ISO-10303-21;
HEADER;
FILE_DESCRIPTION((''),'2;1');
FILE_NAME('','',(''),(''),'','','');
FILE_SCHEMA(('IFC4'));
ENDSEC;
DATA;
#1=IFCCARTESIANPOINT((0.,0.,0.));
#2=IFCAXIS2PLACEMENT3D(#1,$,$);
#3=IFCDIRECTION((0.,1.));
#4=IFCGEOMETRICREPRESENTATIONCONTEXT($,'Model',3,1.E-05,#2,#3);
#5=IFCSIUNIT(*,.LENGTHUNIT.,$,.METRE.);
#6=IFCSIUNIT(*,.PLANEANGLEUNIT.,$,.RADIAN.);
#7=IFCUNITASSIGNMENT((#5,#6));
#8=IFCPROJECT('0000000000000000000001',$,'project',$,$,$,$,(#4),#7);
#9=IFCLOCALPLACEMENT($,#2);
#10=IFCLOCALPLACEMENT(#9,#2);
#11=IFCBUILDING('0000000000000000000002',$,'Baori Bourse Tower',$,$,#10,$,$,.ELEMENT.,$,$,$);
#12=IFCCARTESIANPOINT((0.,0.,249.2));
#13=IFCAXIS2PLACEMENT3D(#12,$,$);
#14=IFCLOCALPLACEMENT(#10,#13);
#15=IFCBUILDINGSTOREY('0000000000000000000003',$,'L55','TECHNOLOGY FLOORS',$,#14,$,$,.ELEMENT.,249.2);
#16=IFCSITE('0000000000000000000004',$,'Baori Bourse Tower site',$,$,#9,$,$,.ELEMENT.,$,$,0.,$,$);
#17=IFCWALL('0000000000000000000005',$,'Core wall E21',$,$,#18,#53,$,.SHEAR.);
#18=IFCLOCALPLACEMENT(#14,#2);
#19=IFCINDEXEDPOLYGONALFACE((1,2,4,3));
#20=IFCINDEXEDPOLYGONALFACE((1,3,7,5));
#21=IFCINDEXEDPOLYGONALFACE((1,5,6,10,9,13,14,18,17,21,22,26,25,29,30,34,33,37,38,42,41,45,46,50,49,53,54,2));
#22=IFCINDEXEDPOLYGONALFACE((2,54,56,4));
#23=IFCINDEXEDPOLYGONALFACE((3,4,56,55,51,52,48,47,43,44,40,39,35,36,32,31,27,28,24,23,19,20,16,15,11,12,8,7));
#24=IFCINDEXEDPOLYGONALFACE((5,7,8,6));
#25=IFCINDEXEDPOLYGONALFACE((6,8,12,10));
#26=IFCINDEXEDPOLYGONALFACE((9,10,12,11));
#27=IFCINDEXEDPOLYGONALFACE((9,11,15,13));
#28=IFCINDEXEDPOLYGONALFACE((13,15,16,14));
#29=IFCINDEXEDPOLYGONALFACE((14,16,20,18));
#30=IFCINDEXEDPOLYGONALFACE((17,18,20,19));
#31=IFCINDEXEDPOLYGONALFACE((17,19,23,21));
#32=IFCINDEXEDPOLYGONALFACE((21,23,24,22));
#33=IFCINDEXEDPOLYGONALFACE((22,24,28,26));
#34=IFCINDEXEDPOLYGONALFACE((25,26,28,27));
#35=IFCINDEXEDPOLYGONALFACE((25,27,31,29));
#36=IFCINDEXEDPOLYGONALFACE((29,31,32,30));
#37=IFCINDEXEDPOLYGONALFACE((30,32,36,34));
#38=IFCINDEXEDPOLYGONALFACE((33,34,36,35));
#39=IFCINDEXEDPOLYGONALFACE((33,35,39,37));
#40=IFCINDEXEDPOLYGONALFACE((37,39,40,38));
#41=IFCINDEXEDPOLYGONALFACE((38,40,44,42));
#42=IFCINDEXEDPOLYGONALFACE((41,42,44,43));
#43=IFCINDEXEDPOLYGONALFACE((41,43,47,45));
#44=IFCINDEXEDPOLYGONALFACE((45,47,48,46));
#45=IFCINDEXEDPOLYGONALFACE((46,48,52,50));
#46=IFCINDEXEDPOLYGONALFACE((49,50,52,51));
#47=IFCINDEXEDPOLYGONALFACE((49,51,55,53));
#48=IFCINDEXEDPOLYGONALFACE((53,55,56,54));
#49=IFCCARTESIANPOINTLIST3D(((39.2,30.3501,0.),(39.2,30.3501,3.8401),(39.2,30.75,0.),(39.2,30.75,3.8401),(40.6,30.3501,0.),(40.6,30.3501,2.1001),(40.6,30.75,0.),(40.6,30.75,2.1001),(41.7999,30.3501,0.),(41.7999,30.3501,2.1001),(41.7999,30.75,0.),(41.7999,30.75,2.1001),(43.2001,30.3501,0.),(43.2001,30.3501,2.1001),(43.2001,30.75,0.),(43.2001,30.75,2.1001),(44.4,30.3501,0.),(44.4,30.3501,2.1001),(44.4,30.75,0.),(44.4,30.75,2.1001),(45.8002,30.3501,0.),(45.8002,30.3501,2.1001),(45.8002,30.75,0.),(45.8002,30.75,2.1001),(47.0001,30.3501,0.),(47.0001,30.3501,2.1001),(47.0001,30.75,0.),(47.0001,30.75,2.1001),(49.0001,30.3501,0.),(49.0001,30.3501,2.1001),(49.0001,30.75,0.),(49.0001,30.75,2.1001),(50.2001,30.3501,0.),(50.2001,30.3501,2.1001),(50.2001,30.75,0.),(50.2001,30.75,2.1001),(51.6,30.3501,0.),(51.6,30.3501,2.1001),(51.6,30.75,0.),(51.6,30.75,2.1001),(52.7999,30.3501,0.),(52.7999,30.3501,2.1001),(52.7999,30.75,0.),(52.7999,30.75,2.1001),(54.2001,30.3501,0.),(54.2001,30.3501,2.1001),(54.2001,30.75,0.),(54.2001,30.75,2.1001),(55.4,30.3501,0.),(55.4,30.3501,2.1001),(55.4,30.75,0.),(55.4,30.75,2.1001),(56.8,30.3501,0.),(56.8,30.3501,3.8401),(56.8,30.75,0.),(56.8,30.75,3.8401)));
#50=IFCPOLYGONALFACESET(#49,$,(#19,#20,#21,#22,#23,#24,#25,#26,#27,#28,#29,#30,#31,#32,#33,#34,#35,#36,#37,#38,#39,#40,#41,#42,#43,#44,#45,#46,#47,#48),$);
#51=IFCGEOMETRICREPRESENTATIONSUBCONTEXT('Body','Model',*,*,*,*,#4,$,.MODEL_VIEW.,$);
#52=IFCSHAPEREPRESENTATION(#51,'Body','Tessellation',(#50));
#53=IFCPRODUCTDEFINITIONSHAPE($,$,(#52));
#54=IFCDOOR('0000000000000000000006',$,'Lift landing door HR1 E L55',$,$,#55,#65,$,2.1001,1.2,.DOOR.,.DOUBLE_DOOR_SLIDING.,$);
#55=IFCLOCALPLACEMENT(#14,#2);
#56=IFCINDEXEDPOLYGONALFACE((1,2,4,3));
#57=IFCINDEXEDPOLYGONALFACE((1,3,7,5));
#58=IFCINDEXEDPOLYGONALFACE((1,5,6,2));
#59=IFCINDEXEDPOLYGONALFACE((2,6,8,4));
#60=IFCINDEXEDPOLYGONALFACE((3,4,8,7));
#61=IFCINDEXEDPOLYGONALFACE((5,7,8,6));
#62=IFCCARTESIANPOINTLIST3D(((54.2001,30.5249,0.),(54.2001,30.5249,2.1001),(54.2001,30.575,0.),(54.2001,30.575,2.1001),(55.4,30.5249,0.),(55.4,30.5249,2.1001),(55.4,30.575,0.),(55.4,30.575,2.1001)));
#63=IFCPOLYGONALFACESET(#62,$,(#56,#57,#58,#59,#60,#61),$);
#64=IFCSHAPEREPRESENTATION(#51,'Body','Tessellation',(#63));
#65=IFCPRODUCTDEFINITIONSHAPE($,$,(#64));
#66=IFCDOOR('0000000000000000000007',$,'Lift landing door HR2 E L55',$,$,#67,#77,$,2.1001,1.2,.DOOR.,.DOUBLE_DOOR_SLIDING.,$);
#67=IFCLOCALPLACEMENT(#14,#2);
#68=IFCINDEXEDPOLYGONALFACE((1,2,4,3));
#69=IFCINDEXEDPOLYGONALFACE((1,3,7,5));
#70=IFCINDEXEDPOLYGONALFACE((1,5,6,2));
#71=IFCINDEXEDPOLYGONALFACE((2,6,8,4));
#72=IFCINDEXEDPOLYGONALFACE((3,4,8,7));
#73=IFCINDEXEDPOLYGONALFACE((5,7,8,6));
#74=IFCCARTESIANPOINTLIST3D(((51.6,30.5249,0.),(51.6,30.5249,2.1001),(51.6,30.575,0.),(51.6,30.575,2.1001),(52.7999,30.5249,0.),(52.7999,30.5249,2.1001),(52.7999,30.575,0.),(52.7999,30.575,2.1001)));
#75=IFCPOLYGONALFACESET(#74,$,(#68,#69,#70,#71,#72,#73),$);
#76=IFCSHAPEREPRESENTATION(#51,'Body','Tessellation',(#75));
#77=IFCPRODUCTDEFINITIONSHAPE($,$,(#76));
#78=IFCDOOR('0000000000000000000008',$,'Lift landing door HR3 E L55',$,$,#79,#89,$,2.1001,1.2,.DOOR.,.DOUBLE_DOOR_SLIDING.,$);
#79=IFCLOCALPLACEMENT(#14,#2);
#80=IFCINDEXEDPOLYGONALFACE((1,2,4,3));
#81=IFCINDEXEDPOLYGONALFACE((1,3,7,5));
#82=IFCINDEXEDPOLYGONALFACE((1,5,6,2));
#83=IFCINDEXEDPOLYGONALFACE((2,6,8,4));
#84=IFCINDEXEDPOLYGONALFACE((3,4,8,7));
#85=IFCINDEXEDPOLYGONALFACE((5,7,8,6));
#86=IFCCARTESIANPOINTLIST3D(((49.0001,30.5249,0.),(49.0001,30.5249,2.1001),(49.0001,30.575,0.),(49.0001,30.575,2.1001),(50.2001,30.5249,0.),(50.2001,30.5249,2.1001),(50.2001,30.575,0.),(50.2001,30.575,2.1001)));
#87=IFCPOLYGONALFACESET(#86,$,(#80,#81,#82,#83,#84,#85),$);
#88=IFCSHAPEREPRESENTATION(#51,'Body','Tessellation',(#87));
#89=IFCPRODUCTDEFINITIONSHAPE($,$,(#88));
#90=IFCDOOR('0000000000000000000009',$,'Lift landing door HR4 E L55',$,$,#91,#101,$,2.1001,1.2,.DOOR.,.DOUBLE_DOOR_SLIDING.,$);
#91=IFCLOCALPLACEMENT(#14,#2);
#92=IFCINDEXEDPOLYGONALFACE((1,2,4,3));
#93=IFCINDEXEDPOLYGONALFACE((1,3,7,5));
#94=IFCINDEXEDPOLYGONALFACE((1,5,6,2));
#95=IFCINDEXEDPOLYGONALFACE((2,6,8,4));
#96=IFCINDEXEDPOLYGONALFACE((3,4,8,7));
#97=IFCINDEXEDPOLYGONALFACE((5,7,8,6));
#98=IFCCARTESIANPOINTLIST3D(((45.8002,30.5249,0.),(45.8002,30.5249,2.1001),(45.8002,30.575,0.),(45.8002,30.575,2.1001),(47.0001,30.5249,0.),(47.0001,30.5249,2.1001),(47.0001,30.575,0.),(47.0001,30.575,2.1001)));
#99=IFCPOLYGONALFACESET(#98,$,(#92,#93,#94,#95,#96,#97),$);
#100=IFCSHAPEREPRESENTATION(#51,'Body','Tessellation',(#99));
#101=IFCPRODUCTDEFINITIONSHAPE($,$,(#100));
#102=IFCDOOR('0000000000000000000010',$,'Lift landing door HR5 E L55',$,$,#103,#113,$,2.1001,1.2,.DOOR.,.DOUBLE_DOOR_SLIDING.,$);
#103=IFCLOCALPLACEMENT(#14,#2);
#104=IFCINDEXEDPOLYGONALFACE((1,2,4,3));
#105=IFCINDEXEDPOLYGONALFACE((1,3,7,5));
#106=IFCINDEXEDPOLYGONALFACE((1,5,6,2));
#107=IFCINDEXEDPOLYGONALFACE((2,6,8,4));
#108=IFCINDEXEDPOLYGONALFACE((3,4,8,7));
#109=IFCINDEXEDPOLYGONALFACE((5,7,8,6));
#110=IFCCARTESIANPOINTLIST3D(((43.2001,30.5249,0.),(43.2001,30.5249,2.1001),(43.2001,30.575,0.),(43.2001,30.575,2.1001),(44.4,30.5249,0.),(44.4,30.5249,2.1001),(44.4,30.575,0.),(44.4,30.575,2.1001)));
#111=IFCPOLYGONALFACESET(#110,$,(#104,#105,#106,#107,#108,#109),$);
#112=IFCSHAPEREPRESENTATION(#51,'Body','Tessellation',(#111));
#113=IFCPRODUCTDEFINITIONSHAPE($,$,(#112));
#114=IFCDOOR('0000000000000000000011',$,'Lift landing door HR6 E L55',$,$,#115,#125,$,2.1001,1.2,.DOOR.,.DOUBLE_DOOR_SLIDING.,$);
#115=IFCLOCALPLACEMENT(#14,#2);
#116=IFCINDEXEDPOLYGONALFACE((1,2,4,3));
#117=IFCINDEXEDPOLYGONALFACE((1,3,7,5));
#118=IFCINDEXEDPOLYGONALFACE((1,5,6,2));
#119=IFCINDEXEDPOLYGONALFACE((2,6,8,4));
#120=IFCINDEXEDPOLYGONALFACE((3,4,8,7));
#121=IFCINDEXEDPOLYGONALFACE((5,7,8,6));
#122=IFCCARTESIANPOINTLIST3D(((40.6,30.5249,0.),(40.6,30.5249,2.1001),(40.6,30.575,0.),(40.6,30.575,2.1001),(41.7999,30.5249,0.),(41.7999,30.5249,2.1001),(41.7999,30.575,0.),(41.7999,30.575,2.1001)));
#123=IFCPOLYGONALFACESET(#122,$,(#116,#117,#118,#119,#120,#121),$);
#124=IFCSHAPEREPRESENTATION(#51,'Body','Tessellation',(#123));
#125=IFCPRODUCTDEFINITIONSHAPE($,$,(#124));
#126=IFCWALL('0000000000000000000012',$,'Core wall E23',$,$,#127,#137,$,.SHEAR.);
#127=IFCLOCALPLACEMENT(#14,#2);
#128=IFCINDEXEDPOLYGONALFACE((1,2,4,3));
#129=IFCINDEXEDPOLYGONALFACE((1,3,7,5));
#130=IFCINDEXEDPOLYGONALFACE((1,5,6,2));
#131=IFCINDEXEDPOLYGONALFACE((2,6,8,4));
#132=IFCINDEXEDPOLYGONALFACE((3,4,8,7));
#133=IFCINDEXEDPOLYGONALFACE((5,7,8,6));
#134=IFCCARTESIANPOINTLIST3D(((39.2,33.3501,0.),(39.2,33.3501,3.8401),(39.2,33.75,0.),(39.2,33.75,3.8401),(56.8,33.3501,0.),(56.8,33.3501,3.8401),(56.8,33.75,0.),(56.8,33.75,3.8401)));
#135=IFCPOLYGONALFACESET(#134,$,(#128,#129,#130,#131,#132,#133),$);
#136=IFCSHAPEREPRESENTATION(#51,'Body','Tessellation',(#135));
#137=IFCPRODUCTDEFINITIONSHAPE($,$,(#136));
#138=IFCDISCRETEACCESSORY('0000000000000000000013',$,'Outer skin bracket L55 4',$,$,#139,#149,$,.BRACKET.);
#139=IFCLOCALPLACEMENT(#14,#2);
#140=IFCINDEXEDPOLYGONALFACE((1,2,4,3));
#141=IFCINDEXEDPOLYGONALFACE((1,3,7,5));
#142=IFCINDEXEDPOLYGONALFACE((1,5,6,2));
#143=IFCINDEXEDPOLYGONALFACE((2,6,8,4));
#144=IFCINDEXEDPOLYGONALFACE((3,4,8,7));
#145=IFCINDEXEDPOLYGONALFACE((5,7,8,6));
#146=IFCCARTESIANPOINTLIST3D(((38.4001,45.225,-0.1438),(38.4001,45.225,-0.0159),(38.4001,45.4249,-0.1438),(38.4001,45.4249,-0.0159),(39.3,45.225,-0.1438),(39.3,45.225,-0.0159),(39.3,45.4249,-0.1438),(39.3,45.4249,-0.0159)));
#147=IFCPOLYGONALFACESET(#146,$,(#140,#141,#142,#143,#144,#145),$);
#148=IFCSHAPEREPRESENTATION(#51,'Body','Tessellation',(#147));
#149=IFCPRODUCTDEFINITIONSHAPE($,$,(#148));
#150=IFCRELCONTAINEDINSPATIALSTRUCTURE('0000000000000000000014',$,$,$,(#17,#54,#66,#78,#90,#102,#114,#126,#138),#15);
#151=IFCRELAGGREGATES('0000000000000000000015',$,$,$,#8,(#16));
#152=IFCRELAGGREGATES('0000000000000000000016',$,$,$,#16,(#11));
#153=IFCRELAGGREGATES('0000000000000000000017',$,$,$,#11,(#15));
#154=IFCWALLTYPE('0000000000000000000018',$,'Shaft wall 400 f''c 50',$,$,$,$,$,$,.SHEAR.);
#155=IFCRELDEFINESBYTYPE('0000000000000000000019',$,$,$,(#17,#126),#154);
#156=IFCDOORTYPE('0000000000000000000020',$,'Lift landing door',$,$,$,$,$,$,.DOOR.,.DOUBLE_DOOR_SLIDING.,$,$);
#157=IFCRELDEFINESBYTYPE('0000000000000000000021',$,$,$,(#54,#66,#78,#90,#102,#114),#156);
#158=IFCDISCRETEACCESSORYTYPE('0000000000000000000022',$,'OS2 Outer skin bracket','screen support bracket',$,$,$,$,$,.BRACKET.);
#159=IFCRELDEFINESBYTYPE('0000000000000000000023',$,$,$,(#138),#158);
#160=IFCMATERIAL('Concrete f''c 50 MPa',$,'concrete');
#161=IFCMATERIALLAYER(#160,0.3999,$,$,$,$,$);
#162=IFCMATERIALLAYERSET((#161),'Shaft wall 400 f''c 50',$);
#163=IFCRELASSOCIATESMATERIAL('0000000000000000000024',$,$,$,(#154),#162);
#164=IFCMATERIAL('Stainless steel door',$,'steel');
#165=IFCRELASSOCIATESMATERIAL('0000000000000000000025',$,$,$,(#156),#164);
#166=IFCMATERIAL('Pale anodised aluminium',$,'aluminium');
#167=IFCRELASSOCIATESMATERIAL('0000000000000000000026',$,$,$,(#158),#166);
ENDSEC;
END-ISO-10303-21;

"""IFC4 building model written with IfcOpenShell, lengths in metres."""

from ifc_helpers import new_model, si_unit, direction, frame, frame_2d, origin, origin_2d, place, context, subcontext, project, spatial, rectangle, extrude, material, layer, layer_set, type_object, element, fill, save


model = new_model("IFC4")

# Units and contexts
model_context = context("Model", 3, precision=1e-05, world=origin(), true_north=direction((0.0, 1.0)))
body_context = subcontext(model_context, "Body", "Model", "MODEL_VIEW")
ifc_project = project(units=[si_unit("LENGTHUNIT", "METRE"), si_unit("PLANEANGLEUNIT", "RADIAN")], contexts=[model_context])

# Site, building, storey
site_placement = place(None, origin())
site = spatial("IfcSite", under=ifc_project, at=site_placement, Name="Baori Bourse Tower site", CompositionType="ELEMENT", RefElevation=0.0)
building_placement = place(site_placement, origin())
building = spatial("IfcBuilding", under=site, at=building_placement, Name="Baori Bourse Tower", CompositionType="ELEMENT")
storey_placement = place(building_placement, frame((0.0, 0.0, 249.2)))
storey = spatial("IfcBuildingStorey", under=building, at=storey_placement, Name="L55", Description="TECHNOLOGY FLOORS", CompositionType="ELEMENT", Elevation=249.2)

# Wall, openings, doors
ifc_material_1 = material(Name="Concrete f'c 50 MPa", Category="concrete")
ifc_layer_1 = layer(ifc_material_1, 0.3999)
ifc_layer_set_1 = layer_set([ifc_layer_1], Name="Shaft wall 400 f'c 50")
wall_type_1 = type_object("IfcWallType", Name="Shaft wall 400 f'c 50", PredefinedType="SHEAR", material=ifc_layer_set_1)
wall_1_placement = place(storey_placement, frame((39.2, 30.55, 0.0), z_axis=(0.0, 0.0, 1.0), x_axis=(1.0, 0.0, 0.0)))
wall_1 = element("IfcWall", 1, at=wall_1_placement, inside=storey, type_object=wall_type_1, Name="Core wall E21", PredefinedType="SHEAR", context=body_context, shape_type="SweptSolid", body=[
    extrude(rectangle(XDim=17.6001, YDim=0.3999, at=frame_2d((8.8, 0.0))), origin(), (0.0, 0.0, 1.0), 3.8401),
])
opening_1_placement = place(wall_1_placement, frame((15.0, 0.0, 0.0)))
opening_1 = element("IfcOpeningElement", 2, at=opening_1_placement, cuts=wall_1, PredefinedType="OPENING", context=body_context, shape_type="SweptSolid", body=[
    extrude(rectangle(XDim=1.2, YDim=2.1001, at=frame_2d((0.6001, 1.05))), frame((0.0, 0.21, 0.0), z_axis=(0.0, -1.0, 0.0), x_axis=(1.0, 0.0, 0.0)), (0.0, 0.0, 1.0), 0.4199),
])
opening_2_placement = place(wall_1_placement, frame((12.3999, 0.0, 0.0)))
opening_2 = element("IfcOpeningElement", 3, at=opening_2_placement, cuts=wall_1, PredefinedType="OPENING", context=body_context, shape_type="SweptSolid", body=[
    extrude(rectangle(XDim=1.2, YDim=2.1001, at=frame_2d((0.6001, 1.05))), frame((0.0, 0.21, 0.0), z_axis=(0.0, -1.0, 0.0), x_axis=(1.0, 0.0, 0.0)), (0.0, 0.0, 1.0), 0.4199),
])
opening_3_placement = place(wall_1_placement, frame((9.8, 0.0, 0.0)))
opening_3 = element("IfcOpeningElement", 4, at=opening_3_placement, cuts=wall_1, PredefinedType="OPENING", context=body_context, shape_type="SweptSolid", body=[
    extrude(rectangle(XDim=1.2, YDim=2.1001, at=frame_2d((0.6001, 1.05))), frame((0.0, 0.21, 0.0), z_axis=(0.0, -1.0, 0.0), x_axis=(1.0, 0.0, 0.0)), (0.0, 0.0, 1.0), 0.4199),
])
opening_4_placement = place(wall_1_placement, frame((6.6001, 0.0, 0.0)))
opening_4 = element("IfcOpeningElement", 5, at=opening_4_placement, cuts=wall_1, PredefinedType="OPENING", context=body_context, shape_type="SweptSolid", body=[
    extrude(rectangle(XDim=1.2, YDim=2.1001, at=frame_2d((0.6001, 1.05))), frame((0.0, 0.21, 0.0), z_axis=(0.0, -1.0, 0.0), x_axis=(1.0, 0.0, 0.0)), (0.0, 0.0, 1.0), 0.4199),
])
opening_5_placement = place(wall_1_placement, frame((4.0, 0.0, 0.0)))
opening_5 = element("IfcOpeningElement", 6, at=opening_5_placement, cuts=wall_1, PredefinedType="OPENING", context=body_context, shape_type="SweptSolid", body=[
    extrude(rectangle(XDim=1.2, YDim=2.1001, at=frame_2d((0.6001, 1.05))), frame((0.0, 0.21, 0.0), z_axis=(0.0, -1.0, 0.0), x_axis=(1.0, 0.0, 0.0)), (0.0, 0.0, 1.0), 0.4199),
])
opening_6_placement = place(wall_1_placement, frame((1.3999, 0.0, 0.0)))
opening_6 = element("IfcOpeningElement", 7, at=opening_6_placement, cuts=wall_1, PredefinedType="OPENING", context=body_context, shape_type="SweptSolid", body=[
    extrude(rectangle(XDim=1.2, YDim=2.1001, at=frame_2d((0.6001, 1.05))), frame((0.0, 0.21, 0.0), z_axis=(0.0, -1.0, 0.0), x_axis=(1.0, 0.0, 0.0)), (0.0, 0.0, 1.0), 0.4199),
])
ifc_material_2 = material(Name="Stainless steel door", Category="steel")
door_type_1 = type_object("IfcDoorType", Name="Lift landing door", OperationType="DOUBLE_DOOR_SLIDING", PredefinedType="DOOR", material=ifc_material_2)
door_1_placement = place(opening_1_placement, origin())
door_1 = element("IfcDoor", 8, at=door_1_placement, inside=storey, type_object=door_type_1, Name="Lift landing door HR1 E L55", OperationType="DOUBLE_DOOR_SLIDING", OverallHeight=2.1001, OverallWidth=1.2, PredefinedType="DOOR", context=body_context, shape_type="SweptSolid", body=[
    extrude(rectangle(XDim=1.2, YDim=2.1001, at=frame_2d((0.6001, 1.05))), frame((0.0, 0.0249, 0.0), z_axis=(0.0, -1.0, 0.0), x_axis=(1.0, 0.0, 0.0)), (0.0, 0.0, 1.0), 0.05),
])
fill(opening_1, door_1)
door_2_placement = place(opening_2_placement, origin())
door_2 = element("IfcDoor", 9, at=door_2_placement, inside=storey, type_object=door_type_1, Name="Lift landing door HR2 E L55", OperationType="DOUBLE_DOOR_SLIDING", OverallHeight=2.1001, OverallWidth=1.2, PredefinedType="DOOR", context=body_context, shape_type="SweptSolid", body=[
    extrude(rectangle(XDim=1.2, YDim=2.1001, at=frame_2d((0.6001, 1.05))), frame((0.0, 0.0249, 0.0), z_axis=(0.0, -1.0, 0.0), x_axis=(1.0, 0.0, 0.0)), (0.0, 0.0, 1.0), 0.05),
])
fill(opening_2, door_2)
door_3_placement = place(opening_3_placement, origin())
door_3 = element("IfcDoor", 10, at=door_3_placement, inside=storey, type_object=door_type_1, Name="Lift landing door HR3 E L55", OperationType="DOUBLE_DOOR_SLIDING", OverallHeight=2.1001, OverallWidth=1.2, PredefinedType="DOOR", context=body_context, shape_type="SweptSolid", body=[
    extrude(rectangle(XDim=1.2, YDim=2.1001, at=frame_2d((0.6001, 1.05))), frame((0.0, 0.0249, 0.0), z_axis=(0.0, -1.0, 0.0), x_axis=(1.0, 0.0, 0.0)), (0.0, 0.0, 1.0), 0.05),
])
fill(opening_3, door_3)
door_4_placement = place(opening_4_placement, origin())
door_4 = element("IfcDoor", 11, at=door_4_placement, inside=storey, type_object=door_type_1, Name="Lift landing door HR4 E L55", OperationType="DOUBLE_DOOR_SLIDING", OverallHeight=2.1001, OverallWidth=1.2, PredefinedType="DOOR", context=body_context, shape_type="SweptSolid", body=[
    extrude(rectangle(XDim=1.2, YDim=2.1001, at=frame_2d((0.6001, 1.05))), frame((0.0, 0.0249, 0.0), z_axis=(0.0, -1.0, 0.0), x_axis=(1.0, 0.0, 0.0)), (0.0, 0.0, 1.0), 0.05),
])
fill(opening_4, door_4)
door_5_placement = place(opening_5_placement, origin())
door_5 = element("IfcDoor", 12, at=door_5_placement, inside=storey, type_object=door_type_1, Name="Lift landing door HR5 E L55", OperationType="DOUBLE_DOOR_SLIDING", OverallHeight=2.1001, OverallWidth=1.2, PredefinedType="DOOR", context=body_context, shape_type="SweptSolid", body=[
    extrude(rectangle(XDim=1.2, YDim=2.1001, at=frame_2d((0.6001, 1.05))), frame((0.0, 0.0249, 0.0), z_axis=(0.0, -1.0, 0.0), x_axis=(1.0, 0.0, 0.0)), (0.0, 0.0, 1.0), 0.05),
])
fill(opening_5, door_5)
door_6_placement = place(opening_6_placement, origin())
door_6 = element("IfcDoor", 13, at=door_6_placement, inside=storey, type_object=door_type_1, Name="Lift landing door HR6 E L55", OperationType="DOUBLE_DOOR_SLIDING", OverallHeight=2.1001, OverallWidth=1.2, PredefinedType="DOOR", context=body_context, shape_type="SweptSolid", body=[
    extrude(rectangle(XDim=1.2, YDim=2.1001, at=frame_2d((0.6001, 1.05))), frame((0.0, 0.0249, 0.0), z_axis=(0.0, -1.0, 0.0), x_axis=(1.0, 0.0, 0.0)), (0.0, 0.0, 1.0), 0.05),
])
fill(opening_6, door_6)

# Wall
wall_2_placement = place(storey_placement, frame((39.2, 33.55, 0.0), z_axis=(0.0, 0.0, 1.0), x_axis=(1.0, 0.0, 0.0)))
element("IfcWall", 14, at=wall_2_placement, inside=storey, type_object=wall_type_1, Name="Core wall E23", PredefinedType="SHEAR", context=body_context, shape_type="SweptSolid", body=[
    extrude(rectangle(XDim=17.6001, YDim=0.3999, at=frame_2d((8.8, 0.0))), origin(), (0.0, 0.0, 1.0), 3.8401),
])

# Discrete accessory
ifc_material_3 = material(Name="Pale anodised aluminium", Category="aluminium")
discrete_accessory_type = type_object("IfcDiscreteAccessoryType", Name="OS2 Outer skin bracket", Description="screen support bracket", PredefinedType="BRACKET", material=ifc_material_3)
discrete_accessory_placement = place(storey_placement, frame((38.8501, 45.325, -0.1438), z_axis=(0.0, 0.0, 1.0), x_axis=(0.0, 1.0, 0.0)))
element("IfcDiscreteAccessory", 15, at=discrete_accessory_placement, inside=storey, type_object=discrete_accessory_type, Name="Outer skin bracket L55 4", PredefinedType="BRACKET", context=body_context, shape_type="SweptSolid", body=[
    extrude(rectangle(XDim=0.2, YDim=0.8999, at=origin_2d()), origin(), (0.0, 0.0, 1.0), 0.1279),
])

save(model, "model.ifc")
